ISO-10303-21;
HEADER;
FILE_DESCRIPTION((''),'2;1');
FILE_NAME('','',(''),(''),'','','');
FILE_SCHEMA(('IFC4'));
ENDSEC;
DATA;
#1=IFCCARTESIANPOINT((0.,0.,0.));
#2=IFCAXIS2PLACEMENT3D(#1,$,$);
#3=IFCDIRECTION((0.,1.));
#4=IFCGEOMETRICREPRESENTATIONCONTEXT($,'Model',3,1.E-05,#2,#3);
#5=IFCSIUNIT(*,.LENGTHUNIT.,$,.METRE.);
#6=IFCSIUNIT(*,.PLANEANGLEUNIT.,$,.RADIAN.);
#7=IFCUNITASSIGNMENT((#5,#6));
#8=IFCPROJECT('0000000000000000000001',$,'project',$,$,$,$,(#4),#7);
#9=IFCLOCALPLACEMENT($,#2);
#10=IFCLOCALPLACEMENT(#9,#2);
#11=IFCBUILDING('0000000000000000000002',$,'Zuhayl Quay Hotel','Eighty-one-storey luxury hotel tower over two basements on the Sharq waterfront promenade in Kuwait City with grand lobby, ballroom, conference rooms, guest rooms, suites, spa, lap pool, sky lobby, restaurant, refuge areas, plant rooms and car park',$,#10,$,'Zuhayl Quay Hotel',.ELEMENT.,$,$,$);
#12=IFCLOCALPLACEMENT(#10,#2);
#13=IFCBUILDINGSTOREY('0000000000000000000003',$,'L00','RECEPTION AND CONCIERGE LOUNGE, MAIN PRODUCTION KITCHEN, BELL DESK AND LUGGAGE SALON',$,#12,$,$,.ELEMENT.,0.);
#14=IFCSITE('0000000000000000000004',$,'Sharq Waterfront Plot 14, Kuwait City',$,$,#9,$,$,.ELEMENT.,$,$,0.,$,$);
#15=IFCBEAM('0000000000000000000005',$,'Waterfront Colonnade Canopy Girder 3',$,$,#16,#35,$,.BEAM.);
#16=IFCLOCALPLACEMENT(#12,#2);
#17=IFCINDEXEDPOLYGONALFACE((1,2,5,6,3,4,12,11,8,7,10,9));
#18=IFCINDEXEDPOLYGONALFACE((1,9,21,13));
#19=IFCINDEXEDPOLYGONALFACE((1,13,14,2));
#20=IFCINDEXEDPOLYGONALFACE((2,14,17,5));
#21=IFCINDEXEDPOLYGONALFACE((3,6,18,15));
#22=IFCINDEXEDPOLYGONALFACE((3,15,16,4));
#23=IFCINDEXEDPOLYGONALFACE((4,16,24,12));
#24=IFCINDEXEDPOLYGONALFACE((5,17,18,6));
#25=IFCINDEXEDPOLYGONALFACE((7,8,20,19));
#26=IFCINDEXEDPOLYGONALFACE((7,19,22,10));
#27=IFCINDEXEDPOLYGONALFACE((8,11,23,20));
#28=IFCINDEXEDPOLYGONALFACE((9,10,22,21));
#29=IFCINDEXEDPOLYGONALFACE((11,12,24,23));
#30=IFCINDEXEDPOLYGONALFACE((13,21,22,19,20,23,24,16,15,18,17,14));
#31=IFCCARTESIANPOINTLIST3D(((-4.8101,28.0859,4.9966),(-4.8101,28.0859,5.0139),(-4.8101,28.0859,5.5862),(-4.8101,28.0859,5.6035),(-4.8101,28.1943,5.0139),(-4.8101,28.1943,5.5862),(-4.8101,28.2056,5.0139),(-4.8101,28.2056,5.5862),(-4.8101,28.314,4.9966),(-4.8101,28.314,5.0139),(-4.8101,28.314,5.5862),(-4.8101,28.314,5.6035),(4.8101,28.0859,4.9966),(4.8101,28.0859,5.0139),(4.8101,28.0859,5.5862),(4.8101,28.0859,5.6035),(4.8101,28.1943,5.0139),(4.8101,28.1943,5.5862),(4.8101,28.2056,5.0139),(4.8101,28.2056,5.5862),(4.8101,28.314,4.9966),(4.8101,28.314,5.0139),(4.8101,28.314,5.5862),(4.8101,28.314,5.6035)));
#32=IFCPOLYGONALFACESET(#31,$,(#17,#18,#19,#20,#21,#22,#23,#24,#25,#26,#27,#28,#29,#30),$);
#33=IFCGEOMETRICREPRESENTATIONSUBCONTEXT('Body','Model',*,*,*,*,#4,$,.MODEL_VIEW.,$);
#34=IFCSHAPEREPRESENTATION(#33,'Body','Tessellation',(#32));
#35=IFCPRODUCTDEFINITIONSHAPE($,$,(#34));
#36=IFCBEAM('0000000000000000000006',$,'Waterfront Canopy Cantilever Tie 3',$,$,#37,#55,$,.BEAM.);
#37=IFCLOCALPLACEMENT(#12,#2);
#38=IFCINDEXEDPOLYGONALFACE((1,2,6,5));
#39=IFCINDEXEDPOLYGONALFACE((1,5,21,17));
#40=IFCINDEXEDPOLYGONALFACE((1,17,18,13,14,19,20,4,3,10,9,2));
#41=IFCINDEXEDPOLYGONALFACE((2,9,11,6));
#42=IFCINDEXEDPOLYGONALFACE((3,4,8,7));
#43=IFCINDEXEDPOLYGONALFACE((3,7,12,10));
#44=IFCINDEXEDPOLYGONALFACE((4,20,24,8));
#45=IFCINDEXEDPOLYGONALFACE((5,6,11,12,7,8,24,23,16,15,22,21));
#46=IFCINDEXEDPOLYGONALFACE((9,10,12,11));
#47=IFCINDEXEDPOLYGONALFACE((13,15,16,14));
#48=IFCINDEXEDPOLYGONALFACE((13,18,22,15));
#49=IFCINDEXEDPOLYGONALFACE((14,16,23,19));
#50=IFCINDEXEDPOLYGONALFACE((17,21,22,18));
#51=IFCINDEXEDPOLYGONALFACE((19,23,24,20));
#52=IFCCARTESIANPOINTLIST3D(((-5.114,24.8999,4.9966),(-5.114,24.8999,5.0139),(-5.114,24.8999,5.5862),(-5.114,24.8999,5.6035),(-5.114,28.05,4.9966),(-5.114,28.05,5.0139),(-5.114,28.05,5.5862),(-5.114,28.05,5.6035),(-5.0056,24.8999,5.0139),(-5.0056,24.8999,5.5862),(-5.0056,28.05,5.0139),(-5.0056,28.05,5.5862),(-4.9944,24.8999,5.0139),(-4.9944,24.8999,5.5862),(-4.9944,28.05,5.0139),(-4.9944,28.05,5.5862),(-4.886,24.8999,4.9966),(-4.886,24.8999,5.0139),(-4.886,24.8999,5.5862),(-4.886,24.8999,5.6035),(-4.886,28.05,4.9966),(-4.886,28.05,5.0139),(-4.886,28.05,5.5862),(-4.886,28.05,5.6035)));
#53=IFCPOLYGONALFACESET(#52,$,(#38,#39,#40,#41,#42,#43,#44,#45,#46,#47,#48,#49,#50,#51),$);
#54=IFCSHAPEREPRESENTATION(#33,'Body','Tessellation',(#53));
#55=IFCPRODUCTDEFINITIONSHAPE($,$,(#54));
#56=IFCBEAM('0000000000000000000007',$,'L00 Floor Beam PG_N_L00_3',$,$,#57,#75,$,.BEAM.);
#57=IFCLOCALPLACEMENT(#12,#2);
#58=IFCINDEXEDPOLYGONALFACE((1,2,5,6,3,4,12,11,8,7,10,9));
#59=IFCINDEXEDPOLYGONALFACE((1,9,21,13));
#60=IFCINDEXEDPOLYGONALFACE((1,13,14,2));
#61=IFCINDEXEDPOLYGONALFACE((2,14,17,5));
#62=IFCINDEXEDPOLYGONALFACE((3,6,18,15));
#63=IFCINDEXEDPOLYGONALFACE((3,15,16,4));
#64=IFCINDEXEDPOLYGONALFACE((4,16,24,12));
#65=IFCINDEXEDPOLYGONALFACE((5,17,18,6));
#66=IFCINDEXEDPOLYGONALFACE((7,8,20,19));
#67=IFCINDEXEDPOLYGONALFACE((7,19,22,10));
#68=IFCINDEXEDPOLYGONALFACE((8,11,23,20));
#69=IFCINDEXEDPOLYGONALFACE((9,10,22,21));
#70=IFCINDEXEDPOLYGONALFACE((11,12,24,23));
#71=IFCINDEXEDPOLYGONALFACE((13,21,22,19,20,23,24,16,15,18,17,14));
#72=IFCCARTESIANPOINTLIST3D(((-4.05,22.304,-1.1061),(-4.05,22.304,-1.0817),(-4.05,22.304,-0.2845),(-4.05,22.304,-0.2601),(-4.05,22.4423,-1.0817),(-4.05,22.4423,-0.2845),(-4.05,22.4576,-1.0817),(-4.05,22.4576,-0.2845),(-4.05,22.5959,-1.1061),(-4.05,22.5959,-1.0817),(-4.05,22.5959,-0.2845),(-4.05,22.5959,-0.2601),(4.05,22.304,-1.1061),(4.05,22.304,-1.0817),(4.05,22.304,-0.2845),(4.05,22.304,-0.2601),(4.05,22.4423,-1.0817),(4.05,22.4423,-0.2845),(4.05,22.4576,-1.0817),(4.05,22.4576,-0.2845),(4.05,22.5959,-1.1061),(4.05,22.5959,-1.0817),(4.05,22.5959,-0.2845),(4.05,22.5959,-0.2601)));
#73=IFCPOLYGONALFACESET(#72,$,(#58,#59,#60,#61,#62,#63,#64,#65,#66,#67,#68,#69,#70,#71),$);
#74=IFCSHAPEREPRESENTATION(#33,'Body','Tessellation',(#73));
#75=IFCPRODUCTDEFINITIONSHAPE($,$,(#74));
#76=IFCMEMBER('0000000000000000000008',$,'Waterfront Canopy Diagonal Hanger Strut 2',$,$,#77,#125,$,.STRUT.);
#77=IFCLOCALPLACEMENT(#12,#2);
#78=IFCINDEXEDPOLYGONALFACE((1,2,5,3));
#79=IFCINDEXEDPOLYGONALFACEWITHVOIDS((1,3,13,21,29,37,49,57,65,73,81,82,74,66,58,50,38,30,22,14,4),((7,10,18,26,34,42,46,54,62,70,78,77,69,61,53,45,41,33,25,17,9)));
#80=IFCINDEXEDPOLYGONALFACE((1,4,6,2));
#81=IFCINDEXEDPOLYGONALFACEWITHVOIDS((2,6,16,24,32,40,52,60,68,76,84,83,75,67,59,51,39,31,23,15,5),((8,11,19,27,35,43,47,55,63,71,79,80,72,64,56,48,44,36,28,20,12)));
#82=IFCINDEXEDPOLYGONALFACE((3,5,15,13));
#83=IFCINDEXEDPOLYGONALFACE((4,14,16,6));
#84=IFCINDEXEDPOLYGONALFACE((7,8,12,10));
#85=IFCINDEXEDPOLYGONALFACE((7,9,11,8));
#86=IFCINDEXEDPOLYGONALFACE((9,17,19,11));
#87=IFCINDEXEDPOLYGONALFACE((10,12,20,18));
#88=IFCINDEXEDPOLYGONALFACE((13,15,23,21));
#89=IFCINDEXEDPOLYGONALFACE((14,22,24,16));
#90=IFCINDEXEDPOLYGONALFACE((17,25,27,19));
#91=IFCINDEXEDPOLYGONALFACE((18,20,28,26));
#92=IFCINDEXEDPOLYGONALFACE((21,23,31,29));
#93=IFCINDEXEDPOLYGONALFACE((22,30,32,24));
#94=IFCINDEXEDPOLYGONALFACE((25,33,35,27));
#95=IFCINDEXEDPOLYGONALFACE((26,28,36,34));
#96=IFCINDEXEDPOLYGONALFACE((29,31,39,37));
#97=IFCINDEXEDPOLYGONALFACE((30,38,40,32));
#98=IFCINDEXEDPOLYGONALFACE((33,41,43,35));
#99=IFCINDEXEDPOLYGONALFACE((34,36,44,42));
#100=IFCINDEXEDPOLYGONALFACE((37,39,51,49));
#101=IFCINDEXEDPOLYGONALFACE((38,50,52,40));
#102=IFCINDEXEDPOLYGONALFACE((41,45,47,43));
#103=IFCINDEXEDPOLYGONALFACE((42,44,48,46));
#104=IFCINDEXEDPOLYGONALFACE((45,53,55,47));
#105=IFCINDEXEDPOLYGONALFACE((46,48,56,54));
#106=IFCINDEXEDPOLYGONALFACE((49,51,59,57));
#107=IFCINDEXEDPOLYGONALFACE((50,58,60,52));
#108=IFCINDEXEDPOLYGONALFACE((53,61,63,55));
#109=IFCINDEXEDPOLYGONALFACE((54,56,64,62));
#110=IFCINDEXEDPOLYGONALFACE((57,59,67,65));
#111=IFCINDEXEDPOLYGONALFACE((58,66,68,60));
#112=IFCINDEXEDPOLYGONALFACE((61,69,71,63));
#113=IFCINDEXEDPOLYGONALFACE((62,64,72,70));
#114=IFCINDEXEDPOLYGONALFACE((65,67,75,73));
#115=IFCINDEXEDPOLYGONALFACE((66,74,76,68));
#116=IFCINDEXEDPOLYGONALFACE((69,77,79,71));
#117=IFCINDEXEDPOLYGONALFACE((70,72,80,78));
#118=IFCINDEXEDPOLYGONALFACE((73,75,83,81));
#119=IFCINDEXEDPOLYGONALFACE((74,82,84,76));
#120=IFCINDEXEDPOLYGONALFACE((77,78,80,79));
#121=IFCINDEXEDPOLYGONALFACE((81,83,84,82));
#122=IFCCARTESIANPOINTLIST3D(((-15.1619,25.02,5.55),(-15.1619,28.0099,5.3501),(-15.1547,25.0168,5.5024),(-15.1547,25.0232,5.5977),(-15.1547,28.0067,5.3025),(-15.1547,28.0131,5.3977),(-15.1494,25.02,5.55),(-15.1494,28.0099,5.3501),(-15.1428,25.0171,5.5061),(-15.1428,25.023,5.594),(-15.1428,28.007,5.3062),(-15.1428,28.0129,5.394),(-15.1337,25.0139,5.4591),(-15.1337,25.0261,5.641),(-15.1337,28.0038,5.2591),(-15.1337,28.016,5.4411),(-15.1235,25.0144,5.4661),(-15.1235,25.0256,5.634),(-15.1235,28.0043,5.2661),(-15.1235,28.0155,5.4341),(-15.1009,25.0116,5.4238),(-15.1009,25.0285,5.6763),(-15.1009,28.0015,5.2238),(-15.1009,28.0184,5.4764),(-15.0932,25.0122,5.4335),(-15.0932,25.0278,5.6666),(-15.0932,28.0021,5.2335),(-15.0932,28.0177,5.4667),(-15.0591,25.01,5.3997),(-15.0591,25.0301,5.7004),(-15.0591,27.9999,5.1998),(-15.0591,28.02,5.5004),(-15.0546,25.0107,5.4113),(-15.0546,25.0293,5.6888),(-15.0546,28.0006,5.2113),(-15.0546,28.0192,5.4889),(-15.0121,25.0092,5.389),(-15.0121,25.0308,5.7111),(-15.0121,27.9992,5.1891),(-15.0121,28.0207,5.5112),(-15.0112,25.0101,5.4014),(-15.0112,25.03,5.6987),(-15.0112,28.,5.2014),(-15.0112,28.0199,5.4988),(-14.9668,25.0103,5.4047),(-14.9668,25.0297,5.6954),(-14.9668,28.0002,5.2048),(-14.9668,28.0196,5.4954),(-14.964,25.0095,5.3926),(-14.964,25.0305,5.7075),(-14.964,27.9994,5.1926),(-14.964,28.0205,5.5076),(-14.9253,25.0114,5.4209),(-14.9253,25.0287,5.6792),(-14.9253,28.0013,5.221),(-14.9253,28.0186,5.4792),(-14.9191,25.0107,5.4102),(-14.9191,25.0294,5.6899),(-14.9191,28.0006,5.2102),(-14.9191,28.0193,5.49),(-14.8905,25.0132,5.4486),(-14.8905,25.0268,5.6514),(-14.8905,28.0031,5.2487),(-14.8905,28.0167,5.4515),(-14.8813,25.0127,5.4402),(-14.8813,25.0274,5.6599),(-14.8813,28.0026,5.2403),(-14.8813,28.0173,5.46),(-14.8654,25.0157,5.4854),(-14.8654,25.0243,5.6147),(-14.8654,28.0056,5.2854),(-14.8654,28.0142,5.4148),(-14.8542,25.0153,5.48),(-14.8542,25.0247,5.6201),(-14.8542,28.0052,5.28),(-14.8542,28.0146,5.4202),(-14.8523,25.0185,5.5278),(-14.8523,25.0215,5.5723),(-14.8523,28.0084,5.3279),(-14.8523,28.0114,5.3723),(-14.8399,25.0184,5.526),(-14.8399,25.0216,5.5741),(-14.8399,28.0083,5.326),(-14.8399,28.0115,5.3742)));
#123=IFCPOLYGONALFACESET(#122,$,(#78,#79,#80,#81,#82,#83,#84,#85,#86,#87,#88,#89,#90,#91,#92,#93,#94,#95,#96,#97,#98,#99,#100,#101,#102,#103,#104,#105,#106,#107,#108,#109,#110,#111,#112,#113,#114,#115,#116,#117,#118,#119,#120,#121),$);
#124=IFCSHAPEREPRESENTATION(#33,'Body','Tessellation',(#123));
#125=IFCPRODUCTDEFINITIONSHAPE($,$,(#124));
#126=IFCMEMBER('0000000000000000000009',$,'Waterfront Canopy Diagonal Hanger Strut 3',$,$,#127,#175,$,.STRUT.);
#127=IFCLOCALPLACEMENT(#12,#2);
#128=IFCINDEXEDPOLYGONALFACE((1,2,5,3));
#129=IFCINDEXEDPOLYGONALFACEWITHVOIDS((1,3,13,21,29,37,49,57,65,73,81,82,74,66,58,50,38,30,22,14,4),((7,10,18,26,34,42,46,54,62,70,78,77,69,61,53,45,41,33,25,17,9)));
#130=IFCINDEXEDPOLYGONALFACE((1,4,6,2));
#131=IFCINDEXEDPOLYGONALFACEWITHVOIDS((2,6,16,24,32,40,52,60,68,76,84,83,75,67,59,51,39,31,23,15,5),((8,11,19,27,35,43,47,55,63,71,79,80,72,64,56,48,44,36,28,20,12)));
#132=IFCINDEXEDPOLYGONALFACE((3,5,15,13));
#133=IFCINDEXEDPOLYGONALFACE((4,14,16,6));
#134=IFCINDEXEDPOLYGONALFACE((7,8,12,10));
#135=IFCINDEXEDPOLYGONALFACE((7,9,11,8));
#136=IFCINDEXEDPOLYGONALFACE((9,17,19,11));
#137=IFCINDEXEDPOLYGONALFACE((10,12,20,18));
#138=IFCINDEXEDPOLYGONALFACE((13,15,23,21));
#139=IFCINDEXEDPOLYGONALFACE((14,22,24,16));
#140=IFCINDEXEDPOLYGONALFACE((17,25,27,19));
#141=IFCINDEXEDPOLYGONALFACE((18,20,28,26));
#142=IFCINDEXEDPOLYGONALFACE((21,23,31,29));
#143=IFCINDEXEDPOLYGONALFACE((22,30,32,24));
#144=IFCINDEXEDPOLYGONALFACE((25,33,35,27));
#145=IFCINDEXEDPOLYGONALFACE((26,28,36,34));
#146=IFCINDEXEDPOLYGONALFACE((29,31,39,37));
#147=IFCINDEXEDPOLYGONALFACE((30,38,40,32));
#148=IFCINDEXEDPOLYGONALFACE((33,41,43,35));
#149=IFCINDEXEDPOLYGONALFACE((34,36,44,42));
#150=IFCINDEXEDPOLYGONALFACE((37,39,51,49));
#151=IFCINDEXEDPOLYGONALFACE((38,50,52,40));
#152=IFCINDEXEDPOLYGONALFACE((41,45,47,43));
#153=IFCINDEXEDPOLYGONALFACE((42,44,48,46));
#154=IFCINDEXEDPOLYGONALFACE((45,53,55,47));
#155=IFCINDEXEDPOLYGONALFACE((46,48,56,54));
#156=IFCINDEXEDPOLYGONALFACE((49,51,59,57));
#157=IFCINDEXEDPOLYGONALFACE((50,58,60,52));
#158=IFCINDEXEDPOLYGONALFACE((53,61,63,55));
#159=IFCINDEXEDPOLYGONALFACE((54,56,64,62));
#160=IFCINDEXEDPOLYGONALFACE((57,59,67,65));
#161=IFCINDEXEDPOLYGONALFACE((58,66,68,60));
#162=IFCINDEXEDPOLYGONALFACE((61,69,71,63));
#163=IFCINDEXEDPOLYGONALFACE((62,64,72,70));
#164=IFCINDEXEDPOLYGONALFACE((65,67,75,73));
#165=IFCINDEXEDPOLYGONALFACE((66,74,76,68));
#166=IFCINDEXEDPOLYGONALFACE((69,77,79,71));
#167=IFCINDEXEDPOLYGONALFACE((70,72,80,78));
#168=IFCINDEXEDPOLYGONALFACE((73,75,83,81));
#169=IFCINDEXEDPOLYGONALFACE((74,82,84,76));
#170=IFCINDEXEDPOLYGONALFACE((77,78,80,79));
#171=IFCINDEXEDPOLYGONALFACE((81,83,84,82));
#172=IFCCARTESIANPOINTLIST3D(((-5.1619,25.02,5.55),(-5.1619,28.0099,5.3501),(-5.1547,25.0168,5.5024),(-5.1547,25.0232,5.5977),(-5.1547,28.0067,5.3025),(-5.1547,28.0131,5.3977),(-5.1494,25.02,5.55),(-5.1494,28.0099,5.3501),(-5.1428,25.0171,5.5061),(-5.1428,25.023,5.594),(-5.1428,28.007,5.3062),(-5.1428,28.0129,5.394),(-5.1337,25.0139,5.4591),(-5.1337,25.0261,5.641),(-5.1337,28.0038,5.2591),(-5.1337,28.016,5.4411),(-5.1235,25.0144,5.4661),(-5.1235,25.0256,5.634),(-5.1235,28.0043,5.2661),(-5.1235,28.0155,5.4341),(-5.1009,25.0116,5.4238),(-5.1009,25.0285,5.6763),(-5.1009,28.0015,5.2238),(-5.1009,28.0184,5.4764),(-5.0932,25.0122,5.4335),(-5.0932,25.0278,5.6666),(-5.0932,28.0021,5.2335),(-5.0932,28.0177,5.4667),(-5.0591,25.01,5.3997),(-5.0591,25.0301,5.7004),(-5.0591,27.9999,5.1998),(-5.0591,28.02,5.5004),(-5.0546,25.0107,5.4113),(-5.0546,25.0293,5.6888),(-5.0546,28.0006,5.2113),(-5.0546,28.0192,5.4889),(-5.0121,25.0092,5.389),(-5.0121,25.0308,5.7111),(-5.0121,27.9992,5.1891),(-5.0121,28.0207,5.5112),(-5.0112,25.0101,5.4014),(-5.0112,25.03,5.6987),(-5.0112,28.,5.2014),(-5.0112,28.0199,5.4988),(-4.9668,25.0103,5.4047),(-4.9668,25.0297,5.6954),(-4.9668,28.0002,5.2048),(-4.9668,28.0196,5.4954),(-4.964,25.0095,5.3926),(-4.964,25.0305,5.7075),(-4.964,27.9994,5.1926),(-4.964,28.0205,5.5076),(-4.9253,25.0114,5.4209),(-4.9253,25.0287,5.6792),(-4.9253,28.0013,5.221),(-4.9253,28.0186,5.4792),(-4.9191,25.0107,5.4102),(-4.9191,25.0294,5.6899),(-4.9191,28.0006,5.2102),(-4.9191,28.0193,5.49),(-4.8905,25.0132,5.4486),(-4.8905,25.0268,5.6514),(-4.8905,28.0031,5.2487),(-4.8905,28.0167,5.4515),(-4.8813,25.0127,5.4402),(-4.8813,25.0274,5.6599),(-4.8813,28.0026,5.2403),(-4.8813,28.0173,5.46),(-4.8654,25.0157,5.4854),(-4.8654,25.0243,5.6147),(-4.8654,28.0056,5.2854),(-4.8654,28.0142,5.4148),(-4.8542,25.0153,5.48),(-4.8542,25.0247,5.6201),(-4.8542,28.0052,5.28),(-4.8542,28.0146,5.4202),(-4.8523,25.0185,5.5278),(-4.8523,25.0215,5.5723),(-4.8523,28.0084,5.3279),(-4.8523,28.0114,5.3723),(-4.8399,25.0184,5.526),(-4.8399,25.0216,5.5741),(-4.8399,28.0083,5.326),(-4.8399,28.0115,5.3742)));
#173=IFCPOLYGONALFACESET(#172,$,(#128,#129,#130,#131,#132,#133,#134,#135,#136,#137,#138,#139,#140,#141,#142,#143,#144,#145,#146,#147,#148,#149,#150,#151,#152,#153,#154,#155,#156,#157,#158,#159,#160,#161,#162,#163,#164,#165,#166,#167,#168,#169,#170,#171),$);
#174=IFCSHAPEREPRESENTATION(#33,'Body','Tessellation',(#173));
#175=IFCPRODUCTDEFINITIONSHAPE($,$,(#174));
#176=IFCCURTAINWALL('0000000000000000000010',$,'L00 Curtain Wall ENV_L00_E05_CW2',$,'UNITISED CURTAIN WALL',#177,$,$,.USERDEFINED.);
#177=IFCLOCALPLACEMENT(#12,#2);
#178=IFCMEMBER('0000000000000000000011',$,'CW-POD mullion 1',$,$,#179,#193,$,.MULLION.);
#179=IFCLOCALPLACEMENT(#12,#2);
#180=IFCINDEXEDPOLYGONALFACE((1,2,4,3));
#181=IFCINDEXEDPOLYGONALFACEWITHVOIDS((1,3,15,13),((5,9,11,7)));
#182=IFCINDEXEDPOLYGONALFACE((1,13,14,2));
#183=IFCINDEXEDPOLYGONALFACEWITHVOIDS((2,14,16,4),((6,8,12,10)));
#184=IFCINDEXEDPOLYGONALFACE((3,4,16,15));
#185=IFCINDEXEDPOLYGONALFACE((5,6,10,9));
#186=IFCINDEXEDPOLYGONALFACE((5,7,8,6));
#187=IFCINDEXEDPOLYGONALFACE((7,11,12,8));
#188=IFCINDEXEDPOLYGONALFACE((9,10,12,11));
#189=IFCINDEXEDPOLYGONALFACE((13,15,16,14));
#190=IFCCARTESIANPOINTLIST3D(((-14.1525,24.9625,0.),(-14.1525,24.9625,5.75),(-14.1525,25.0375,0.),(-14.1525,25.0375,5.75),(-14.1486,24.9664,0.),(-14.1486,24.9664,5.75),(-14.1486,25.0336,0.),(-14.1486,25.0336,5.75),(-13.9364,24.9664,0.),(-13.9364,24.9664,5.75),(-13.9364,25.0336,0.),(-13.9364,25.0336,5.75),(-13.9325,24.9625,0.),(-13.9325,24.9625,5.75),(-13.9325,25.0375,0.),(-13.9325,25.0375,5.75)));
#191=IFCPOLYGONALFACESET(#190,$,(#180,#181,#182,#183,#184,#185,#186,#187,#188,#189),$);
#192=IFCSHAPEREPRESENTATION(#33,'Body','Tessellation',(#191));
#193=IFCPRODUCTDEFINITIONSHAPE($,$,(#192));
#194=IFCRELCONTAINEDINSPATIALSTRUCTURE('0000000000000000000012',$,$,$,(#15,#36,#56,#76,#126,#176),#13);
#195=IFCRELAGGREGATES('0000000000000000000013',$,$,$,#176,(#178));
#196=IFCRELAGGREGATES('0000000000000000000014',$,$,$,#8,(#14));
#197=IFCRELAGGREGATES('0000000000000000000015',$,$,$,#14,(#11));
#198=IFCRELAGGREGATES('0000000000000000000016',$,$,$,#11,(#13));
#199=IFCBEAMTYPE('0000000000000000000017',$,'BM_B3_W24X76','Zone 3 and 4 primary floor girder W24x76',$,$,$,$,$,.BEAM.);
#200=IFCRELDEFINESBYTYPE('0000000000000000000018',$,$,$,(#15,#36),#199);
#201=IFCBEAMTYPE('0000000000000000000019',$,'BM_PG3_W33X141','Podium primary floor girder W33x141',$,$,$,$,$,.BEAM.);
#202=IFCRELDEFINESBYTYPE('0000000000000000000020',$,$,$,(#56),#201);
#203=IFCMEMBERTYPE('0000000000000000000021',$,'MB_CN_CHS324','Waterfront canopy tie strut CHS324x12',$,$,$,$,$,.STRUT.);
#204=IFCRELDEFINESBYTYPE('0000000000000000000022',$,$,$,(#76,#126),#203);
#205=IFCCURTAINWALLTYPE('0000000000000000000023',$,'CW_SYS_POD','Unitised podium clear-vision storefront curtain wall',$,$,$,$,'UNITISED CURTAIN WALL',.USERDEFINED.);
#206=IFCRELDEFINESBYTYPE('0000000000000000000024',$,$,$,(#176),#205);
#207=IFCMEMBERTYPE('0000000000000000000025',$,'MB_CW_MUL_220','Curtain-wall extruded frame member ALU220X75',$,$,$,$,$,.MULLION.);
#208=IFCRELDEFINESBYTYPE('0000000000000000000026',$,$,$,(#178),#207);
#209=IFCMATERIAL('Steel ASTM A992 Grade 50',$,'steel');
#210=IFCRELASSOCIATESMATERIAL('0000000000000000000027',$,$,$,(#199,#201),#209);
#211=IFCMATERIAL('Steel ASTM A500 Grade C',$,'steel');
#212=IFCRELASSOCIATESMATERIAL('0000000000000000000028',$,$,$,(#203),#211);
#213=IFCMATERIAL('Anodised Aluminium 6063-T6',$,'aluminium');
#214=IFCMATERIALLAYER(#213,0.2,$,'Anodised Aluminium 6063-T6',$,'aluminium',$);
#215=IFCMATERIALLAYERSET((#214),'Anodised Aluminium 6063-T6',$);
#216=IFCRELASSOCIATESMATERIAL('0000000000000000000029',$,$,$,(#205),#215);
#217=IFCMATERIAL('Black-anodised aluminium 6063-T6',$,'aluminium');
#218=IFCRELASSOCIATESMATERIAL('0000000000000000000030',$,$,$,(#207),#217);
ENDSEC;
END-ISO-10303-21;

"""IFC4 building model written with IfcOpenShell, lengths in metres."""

from ifc_helpers import new_model, si_unit, direction, frame, origin, origin_2d, place, context, subcontext, project, spatial, hollow_rectangle, hollow_circle, i_section, extrude, material, layer, layer_set, material_profile, profile_set, type_object, element, aggregate, save


model = new_model("IFC4")

# Units and contexts
model_context = context("Model", 3, precision=1e-05, world=origin(), true_north=direction((0.0, 1.0)))
body_context = subcontext(model_context, "Body", "Model", "MODEL_VIEW")
ifc_project = project(units=[si_unit("LENGTHUNIT", "METRE"), si_unit("PLANEANGLEUNIT", "RADIAN")], contexts=[model_context])

# Site, building, storey
site_placement = place(None, origin())
site = spatial("IfcSite", under=ifc_project, at=site_placement, Name="Sharq Waterfront Plot 14, Kuwait City", CompositionType="ELEMENT", RefElevation=0.0)
building_placement = place(site_placement, origin())
building = spatial("IfcBuilding", under=site, at=building_placement, Name="Zuhayl Quay Hotel", Description="Eighty-one-storey luxury hotel tower over two basements on the Sharq waterfront promenade in Kuwait City with grand lobby, ballroom, conference rooms, guest rooms, suites, spa, lap pool, sky lobby, restaurant, refuge areas, plant rooms and car park", LongName="Zuhayl Quay Hotel", CompositionType="ELEMENT")
storey_placement = place(building_placement, origin())
storey = spatial("IfcBuildingStorey", under=building, at=storey_placement, Name="L00", Description="RECEPTION AND CONCIERGE LOUNGE, MAIN PRODUCTION KITCHEN, BELL DESK AND LUGGAGE SALON", CompositionType="ELEMENT", Elevation=0.0)

# Beams
ifc_material_1 = material(Name="Steel ASTM A992 Grade 50", Category="steel")
ifc_material_profile_1 = material_profile(ifc_material_1, i_section(OverallWidth=0.228, OverallDepth=0.6069, WebThickness=0.0112, FlangeThickness=0.0173, at=origin_2d()), Name="W24X76")
ifc_profile_set_1 = profile_set([ifc_material_profile_1], Name="Steel ASTM A992 Grade 50")
beam_type_1 = type_object("IfcBeamType", Name="BM_B3_W24X76", Description="Zone 3 and 4 primary floor girder W24x76", PredefinedType="BEAM", material=ifc_profile_set_1)
for number, where, z_axis, x_axis, name in (
    (1, (-4.8101, 28.2, 5.3), (1.0, 0.0, 0.0), (0.0, 1.0, 0.0), "Waterfront Colonnade Canopy Girder 3"),
):
    element("IfcBeam", number, at=place(storey_placement, frame(where, z_axis=z_axis, x_axis=x_axis)), inside=storey, type_object=beam_type_1, Name=name, PredefinedType="BEAM", context=body_context, shape_type="SweptSolid", body=[
        extrude(i_section(OverallWidth=0.228, OverallDepth=0.6069, WebThickness=0.0112, FlangeThickness=0.0173, at=origin_2d()), origin(), (0.0, 0.0, 1.0), 9.6201),
    ])
beam_1_placement = place(storey_placement, frame((-5.0, 24.8999, 5.3), z_axis=(0.0, 1.0, 0.0), x_axis=(-1.0, 0.0, 0.0)))
element("IfcBeam", 2, at=beam_1_placement, inside=storey, type_object=beam_type_1, Name="Waterfront Canopy Cantilever Tie 3", PredefinedType="BEAM", context=body_context, shape_type="SweptSolid", body=[
    extrude(i_section(OverallWidth=0.228, OverallDepth=0.6069, WebThickness=0.0112, FlangeThickness=0.0173, at=origin_2d()), origin(), (0.0, 0.0, 1.0), 3.1501),
])
ifc_material_profile_2 = material_profile(ifc_material_1, i_section(OverallWidth=0.292, OverallDepth=0.8459, WebThickness=0.0154, FlangeThickness=0.0244, at=origin_2d()), Name="W33X141")
ifc_profile_set_2 = profile_set([ifc_material_profile_2], Name="Steel ASTM A992 Grade 50")
beam_type_2 = type_object("IfcBeamType", Name="BM_PG3_W33X141", Description="Podium primary floor girder W33x141", PredefinedType="BEAM", material=ifc_profile_set_2)
beam_2_placement = place(storey_placement, frame((-4.05, 22.45, -0.6831), z_axis=(1.0, 0.0, 0.0), x_axis=(0.0, 1.0, 0.0)))
element("IfcBeam", 3, at=beam_2_placement, inside=storey, type_object=beam_type_2, Name="L00 Floor Beam PG_N_L00_3", PredefinedType="BEAM", context=body_context, shape_type="SweptSolid", body=[
    extrude(i_section(OverallWidth=0.292, OverallDepth=0.8459, WebThickness=0.0154, FlangeThickness=0.0244, at=origin_2d()), origin(), (0.0, 0.0, 1.0), 8.1001),
])

# Members
ifc_material_2 = material(Name="Steel ASTM A500 Grade C", Category="steel")
ifc_material_profile_3 = material_profile(ifc_material_2, hollow_circle(Radius=0.1619, WallThickness=0.0125, at=origin_2d()), Name="CHS324X12")
ifc_profile_set_3 = profile_set([ifc_material_profile_3], Name="Steel ASTM A500 Grade C")
member_type_1 = type_object("IfcMemberType", Name="MB_CN_CHS324", Description="Waterfront canopy tie strut CHS324x12", PredefinedType="STRUT", material=ifc_profile_set_3)
for number, where, z_axis, x_axis, name in (
    (4, (-15.0, 25.02, 5.55), (0.0, 0.997771, -0.066724), (-1.0, 0.0, 0.0), "Waterfront Canopy Diagonal Hanger Strut 2"),
    (5, (-5.0, 25.02, 5.55), (0.0, 0.997771, -0.066724), (-1.0, 0.0, 0.0), "Waterfront Canopy Diagonal Hanger Strut 3"),
):
    element("IfcMember", number, at=place(storey_placement, frame(where, z_axis=z_axis, x_axis=x_axis)), inside=storey, type_object=member_type_1, Name=name, PredefinedType="STRUT", context=body_context, shape_type="SweptSolid", body=[
        extrude(hollow_circle(Radius=0.1619, WallThickness=0.0125, at=origin_2d()), origin(), (0.0, 0.0, 1.0), 2.9966),
    ])

# Curtain wall, member
ifc_material_3 = material(Name="Anodised Aluminium 6063-T6", Category="aluminium")
ifc_layer_1 = layer(ifc_material_3, 0.2, Name="Anodised Aluminium 6063-T6", Category="aluminium")
ifc_layer_set_1 = layer_set([ifc_layer_1], Name="Anodised Aluminium 6063-T6")
curtain_wall_type = type_object("IfcCurtainWallType", Name="CW_SYS_POD", Description="Unitised podium clear-vision storefront curtain wall", ElementType="UNITISED CURTAIN WALL", PredefinedType="USERDEFINED", material=ifc_layer_set_1)
curtain_wall_1_placement = place(storey_placement, origin())
curtain_wall_1 = element("IfcCurtainWall", 6, at=curtain_wall_1_placement, inside=storey, type_object=curtain_wall_type, Name="L00 Curtain Wall ENV_L00_E05_CW2", ObjectType="UNITISED CURTAIN WALL", PredefinedType="USERDEFINED")
ifc_material_4 = material(Name="Black-anodised aluminium 6063-T6", Category="aluminium")
ifc_material_profile_4 = material_profile(ifc_material_4, hollow_rectangle(XDim=0.075, YDim=0.22, WallThickness=0.0039, at=origin_2d()), Name="ALU220X75")
ifc_profile_set_4 = profile_set([ifc_material_profile_4], Name="Black-anodised aluminium 6063-T6")
member_type_2 = type_object("IfcMemberType", Name="MB_CW_MUL_220", Description="Curtain-wall extruded frame member ALU220X75", PredefinedType="MULLION", material=ifc_profile_set_4)
member_1_placement = place(storey_placement, frame((-14.0425, 25.0, 0.0), z_axis=(0.0, 0.0, 1.0), x_axis=(0.0, 1.0, 0.0)))
member_1 = element("IfcMember", 7, at=member_1_placement, type_object=member_type_2, Name="CW-POD mullion 1", PredefinedType="MULLION", context=body_context, shape_type="SweptSolid", body=[
    extrude(hollow_rectangle(XDim=0.075, YDim=0.22, WallThickness=0.0039, at=origin_2d()), origin(), (0.0, 0.0, 1.0), 5.75),
])

aggregate(curtain_wall_1, [member_1])

save(model, "model.ifc")
